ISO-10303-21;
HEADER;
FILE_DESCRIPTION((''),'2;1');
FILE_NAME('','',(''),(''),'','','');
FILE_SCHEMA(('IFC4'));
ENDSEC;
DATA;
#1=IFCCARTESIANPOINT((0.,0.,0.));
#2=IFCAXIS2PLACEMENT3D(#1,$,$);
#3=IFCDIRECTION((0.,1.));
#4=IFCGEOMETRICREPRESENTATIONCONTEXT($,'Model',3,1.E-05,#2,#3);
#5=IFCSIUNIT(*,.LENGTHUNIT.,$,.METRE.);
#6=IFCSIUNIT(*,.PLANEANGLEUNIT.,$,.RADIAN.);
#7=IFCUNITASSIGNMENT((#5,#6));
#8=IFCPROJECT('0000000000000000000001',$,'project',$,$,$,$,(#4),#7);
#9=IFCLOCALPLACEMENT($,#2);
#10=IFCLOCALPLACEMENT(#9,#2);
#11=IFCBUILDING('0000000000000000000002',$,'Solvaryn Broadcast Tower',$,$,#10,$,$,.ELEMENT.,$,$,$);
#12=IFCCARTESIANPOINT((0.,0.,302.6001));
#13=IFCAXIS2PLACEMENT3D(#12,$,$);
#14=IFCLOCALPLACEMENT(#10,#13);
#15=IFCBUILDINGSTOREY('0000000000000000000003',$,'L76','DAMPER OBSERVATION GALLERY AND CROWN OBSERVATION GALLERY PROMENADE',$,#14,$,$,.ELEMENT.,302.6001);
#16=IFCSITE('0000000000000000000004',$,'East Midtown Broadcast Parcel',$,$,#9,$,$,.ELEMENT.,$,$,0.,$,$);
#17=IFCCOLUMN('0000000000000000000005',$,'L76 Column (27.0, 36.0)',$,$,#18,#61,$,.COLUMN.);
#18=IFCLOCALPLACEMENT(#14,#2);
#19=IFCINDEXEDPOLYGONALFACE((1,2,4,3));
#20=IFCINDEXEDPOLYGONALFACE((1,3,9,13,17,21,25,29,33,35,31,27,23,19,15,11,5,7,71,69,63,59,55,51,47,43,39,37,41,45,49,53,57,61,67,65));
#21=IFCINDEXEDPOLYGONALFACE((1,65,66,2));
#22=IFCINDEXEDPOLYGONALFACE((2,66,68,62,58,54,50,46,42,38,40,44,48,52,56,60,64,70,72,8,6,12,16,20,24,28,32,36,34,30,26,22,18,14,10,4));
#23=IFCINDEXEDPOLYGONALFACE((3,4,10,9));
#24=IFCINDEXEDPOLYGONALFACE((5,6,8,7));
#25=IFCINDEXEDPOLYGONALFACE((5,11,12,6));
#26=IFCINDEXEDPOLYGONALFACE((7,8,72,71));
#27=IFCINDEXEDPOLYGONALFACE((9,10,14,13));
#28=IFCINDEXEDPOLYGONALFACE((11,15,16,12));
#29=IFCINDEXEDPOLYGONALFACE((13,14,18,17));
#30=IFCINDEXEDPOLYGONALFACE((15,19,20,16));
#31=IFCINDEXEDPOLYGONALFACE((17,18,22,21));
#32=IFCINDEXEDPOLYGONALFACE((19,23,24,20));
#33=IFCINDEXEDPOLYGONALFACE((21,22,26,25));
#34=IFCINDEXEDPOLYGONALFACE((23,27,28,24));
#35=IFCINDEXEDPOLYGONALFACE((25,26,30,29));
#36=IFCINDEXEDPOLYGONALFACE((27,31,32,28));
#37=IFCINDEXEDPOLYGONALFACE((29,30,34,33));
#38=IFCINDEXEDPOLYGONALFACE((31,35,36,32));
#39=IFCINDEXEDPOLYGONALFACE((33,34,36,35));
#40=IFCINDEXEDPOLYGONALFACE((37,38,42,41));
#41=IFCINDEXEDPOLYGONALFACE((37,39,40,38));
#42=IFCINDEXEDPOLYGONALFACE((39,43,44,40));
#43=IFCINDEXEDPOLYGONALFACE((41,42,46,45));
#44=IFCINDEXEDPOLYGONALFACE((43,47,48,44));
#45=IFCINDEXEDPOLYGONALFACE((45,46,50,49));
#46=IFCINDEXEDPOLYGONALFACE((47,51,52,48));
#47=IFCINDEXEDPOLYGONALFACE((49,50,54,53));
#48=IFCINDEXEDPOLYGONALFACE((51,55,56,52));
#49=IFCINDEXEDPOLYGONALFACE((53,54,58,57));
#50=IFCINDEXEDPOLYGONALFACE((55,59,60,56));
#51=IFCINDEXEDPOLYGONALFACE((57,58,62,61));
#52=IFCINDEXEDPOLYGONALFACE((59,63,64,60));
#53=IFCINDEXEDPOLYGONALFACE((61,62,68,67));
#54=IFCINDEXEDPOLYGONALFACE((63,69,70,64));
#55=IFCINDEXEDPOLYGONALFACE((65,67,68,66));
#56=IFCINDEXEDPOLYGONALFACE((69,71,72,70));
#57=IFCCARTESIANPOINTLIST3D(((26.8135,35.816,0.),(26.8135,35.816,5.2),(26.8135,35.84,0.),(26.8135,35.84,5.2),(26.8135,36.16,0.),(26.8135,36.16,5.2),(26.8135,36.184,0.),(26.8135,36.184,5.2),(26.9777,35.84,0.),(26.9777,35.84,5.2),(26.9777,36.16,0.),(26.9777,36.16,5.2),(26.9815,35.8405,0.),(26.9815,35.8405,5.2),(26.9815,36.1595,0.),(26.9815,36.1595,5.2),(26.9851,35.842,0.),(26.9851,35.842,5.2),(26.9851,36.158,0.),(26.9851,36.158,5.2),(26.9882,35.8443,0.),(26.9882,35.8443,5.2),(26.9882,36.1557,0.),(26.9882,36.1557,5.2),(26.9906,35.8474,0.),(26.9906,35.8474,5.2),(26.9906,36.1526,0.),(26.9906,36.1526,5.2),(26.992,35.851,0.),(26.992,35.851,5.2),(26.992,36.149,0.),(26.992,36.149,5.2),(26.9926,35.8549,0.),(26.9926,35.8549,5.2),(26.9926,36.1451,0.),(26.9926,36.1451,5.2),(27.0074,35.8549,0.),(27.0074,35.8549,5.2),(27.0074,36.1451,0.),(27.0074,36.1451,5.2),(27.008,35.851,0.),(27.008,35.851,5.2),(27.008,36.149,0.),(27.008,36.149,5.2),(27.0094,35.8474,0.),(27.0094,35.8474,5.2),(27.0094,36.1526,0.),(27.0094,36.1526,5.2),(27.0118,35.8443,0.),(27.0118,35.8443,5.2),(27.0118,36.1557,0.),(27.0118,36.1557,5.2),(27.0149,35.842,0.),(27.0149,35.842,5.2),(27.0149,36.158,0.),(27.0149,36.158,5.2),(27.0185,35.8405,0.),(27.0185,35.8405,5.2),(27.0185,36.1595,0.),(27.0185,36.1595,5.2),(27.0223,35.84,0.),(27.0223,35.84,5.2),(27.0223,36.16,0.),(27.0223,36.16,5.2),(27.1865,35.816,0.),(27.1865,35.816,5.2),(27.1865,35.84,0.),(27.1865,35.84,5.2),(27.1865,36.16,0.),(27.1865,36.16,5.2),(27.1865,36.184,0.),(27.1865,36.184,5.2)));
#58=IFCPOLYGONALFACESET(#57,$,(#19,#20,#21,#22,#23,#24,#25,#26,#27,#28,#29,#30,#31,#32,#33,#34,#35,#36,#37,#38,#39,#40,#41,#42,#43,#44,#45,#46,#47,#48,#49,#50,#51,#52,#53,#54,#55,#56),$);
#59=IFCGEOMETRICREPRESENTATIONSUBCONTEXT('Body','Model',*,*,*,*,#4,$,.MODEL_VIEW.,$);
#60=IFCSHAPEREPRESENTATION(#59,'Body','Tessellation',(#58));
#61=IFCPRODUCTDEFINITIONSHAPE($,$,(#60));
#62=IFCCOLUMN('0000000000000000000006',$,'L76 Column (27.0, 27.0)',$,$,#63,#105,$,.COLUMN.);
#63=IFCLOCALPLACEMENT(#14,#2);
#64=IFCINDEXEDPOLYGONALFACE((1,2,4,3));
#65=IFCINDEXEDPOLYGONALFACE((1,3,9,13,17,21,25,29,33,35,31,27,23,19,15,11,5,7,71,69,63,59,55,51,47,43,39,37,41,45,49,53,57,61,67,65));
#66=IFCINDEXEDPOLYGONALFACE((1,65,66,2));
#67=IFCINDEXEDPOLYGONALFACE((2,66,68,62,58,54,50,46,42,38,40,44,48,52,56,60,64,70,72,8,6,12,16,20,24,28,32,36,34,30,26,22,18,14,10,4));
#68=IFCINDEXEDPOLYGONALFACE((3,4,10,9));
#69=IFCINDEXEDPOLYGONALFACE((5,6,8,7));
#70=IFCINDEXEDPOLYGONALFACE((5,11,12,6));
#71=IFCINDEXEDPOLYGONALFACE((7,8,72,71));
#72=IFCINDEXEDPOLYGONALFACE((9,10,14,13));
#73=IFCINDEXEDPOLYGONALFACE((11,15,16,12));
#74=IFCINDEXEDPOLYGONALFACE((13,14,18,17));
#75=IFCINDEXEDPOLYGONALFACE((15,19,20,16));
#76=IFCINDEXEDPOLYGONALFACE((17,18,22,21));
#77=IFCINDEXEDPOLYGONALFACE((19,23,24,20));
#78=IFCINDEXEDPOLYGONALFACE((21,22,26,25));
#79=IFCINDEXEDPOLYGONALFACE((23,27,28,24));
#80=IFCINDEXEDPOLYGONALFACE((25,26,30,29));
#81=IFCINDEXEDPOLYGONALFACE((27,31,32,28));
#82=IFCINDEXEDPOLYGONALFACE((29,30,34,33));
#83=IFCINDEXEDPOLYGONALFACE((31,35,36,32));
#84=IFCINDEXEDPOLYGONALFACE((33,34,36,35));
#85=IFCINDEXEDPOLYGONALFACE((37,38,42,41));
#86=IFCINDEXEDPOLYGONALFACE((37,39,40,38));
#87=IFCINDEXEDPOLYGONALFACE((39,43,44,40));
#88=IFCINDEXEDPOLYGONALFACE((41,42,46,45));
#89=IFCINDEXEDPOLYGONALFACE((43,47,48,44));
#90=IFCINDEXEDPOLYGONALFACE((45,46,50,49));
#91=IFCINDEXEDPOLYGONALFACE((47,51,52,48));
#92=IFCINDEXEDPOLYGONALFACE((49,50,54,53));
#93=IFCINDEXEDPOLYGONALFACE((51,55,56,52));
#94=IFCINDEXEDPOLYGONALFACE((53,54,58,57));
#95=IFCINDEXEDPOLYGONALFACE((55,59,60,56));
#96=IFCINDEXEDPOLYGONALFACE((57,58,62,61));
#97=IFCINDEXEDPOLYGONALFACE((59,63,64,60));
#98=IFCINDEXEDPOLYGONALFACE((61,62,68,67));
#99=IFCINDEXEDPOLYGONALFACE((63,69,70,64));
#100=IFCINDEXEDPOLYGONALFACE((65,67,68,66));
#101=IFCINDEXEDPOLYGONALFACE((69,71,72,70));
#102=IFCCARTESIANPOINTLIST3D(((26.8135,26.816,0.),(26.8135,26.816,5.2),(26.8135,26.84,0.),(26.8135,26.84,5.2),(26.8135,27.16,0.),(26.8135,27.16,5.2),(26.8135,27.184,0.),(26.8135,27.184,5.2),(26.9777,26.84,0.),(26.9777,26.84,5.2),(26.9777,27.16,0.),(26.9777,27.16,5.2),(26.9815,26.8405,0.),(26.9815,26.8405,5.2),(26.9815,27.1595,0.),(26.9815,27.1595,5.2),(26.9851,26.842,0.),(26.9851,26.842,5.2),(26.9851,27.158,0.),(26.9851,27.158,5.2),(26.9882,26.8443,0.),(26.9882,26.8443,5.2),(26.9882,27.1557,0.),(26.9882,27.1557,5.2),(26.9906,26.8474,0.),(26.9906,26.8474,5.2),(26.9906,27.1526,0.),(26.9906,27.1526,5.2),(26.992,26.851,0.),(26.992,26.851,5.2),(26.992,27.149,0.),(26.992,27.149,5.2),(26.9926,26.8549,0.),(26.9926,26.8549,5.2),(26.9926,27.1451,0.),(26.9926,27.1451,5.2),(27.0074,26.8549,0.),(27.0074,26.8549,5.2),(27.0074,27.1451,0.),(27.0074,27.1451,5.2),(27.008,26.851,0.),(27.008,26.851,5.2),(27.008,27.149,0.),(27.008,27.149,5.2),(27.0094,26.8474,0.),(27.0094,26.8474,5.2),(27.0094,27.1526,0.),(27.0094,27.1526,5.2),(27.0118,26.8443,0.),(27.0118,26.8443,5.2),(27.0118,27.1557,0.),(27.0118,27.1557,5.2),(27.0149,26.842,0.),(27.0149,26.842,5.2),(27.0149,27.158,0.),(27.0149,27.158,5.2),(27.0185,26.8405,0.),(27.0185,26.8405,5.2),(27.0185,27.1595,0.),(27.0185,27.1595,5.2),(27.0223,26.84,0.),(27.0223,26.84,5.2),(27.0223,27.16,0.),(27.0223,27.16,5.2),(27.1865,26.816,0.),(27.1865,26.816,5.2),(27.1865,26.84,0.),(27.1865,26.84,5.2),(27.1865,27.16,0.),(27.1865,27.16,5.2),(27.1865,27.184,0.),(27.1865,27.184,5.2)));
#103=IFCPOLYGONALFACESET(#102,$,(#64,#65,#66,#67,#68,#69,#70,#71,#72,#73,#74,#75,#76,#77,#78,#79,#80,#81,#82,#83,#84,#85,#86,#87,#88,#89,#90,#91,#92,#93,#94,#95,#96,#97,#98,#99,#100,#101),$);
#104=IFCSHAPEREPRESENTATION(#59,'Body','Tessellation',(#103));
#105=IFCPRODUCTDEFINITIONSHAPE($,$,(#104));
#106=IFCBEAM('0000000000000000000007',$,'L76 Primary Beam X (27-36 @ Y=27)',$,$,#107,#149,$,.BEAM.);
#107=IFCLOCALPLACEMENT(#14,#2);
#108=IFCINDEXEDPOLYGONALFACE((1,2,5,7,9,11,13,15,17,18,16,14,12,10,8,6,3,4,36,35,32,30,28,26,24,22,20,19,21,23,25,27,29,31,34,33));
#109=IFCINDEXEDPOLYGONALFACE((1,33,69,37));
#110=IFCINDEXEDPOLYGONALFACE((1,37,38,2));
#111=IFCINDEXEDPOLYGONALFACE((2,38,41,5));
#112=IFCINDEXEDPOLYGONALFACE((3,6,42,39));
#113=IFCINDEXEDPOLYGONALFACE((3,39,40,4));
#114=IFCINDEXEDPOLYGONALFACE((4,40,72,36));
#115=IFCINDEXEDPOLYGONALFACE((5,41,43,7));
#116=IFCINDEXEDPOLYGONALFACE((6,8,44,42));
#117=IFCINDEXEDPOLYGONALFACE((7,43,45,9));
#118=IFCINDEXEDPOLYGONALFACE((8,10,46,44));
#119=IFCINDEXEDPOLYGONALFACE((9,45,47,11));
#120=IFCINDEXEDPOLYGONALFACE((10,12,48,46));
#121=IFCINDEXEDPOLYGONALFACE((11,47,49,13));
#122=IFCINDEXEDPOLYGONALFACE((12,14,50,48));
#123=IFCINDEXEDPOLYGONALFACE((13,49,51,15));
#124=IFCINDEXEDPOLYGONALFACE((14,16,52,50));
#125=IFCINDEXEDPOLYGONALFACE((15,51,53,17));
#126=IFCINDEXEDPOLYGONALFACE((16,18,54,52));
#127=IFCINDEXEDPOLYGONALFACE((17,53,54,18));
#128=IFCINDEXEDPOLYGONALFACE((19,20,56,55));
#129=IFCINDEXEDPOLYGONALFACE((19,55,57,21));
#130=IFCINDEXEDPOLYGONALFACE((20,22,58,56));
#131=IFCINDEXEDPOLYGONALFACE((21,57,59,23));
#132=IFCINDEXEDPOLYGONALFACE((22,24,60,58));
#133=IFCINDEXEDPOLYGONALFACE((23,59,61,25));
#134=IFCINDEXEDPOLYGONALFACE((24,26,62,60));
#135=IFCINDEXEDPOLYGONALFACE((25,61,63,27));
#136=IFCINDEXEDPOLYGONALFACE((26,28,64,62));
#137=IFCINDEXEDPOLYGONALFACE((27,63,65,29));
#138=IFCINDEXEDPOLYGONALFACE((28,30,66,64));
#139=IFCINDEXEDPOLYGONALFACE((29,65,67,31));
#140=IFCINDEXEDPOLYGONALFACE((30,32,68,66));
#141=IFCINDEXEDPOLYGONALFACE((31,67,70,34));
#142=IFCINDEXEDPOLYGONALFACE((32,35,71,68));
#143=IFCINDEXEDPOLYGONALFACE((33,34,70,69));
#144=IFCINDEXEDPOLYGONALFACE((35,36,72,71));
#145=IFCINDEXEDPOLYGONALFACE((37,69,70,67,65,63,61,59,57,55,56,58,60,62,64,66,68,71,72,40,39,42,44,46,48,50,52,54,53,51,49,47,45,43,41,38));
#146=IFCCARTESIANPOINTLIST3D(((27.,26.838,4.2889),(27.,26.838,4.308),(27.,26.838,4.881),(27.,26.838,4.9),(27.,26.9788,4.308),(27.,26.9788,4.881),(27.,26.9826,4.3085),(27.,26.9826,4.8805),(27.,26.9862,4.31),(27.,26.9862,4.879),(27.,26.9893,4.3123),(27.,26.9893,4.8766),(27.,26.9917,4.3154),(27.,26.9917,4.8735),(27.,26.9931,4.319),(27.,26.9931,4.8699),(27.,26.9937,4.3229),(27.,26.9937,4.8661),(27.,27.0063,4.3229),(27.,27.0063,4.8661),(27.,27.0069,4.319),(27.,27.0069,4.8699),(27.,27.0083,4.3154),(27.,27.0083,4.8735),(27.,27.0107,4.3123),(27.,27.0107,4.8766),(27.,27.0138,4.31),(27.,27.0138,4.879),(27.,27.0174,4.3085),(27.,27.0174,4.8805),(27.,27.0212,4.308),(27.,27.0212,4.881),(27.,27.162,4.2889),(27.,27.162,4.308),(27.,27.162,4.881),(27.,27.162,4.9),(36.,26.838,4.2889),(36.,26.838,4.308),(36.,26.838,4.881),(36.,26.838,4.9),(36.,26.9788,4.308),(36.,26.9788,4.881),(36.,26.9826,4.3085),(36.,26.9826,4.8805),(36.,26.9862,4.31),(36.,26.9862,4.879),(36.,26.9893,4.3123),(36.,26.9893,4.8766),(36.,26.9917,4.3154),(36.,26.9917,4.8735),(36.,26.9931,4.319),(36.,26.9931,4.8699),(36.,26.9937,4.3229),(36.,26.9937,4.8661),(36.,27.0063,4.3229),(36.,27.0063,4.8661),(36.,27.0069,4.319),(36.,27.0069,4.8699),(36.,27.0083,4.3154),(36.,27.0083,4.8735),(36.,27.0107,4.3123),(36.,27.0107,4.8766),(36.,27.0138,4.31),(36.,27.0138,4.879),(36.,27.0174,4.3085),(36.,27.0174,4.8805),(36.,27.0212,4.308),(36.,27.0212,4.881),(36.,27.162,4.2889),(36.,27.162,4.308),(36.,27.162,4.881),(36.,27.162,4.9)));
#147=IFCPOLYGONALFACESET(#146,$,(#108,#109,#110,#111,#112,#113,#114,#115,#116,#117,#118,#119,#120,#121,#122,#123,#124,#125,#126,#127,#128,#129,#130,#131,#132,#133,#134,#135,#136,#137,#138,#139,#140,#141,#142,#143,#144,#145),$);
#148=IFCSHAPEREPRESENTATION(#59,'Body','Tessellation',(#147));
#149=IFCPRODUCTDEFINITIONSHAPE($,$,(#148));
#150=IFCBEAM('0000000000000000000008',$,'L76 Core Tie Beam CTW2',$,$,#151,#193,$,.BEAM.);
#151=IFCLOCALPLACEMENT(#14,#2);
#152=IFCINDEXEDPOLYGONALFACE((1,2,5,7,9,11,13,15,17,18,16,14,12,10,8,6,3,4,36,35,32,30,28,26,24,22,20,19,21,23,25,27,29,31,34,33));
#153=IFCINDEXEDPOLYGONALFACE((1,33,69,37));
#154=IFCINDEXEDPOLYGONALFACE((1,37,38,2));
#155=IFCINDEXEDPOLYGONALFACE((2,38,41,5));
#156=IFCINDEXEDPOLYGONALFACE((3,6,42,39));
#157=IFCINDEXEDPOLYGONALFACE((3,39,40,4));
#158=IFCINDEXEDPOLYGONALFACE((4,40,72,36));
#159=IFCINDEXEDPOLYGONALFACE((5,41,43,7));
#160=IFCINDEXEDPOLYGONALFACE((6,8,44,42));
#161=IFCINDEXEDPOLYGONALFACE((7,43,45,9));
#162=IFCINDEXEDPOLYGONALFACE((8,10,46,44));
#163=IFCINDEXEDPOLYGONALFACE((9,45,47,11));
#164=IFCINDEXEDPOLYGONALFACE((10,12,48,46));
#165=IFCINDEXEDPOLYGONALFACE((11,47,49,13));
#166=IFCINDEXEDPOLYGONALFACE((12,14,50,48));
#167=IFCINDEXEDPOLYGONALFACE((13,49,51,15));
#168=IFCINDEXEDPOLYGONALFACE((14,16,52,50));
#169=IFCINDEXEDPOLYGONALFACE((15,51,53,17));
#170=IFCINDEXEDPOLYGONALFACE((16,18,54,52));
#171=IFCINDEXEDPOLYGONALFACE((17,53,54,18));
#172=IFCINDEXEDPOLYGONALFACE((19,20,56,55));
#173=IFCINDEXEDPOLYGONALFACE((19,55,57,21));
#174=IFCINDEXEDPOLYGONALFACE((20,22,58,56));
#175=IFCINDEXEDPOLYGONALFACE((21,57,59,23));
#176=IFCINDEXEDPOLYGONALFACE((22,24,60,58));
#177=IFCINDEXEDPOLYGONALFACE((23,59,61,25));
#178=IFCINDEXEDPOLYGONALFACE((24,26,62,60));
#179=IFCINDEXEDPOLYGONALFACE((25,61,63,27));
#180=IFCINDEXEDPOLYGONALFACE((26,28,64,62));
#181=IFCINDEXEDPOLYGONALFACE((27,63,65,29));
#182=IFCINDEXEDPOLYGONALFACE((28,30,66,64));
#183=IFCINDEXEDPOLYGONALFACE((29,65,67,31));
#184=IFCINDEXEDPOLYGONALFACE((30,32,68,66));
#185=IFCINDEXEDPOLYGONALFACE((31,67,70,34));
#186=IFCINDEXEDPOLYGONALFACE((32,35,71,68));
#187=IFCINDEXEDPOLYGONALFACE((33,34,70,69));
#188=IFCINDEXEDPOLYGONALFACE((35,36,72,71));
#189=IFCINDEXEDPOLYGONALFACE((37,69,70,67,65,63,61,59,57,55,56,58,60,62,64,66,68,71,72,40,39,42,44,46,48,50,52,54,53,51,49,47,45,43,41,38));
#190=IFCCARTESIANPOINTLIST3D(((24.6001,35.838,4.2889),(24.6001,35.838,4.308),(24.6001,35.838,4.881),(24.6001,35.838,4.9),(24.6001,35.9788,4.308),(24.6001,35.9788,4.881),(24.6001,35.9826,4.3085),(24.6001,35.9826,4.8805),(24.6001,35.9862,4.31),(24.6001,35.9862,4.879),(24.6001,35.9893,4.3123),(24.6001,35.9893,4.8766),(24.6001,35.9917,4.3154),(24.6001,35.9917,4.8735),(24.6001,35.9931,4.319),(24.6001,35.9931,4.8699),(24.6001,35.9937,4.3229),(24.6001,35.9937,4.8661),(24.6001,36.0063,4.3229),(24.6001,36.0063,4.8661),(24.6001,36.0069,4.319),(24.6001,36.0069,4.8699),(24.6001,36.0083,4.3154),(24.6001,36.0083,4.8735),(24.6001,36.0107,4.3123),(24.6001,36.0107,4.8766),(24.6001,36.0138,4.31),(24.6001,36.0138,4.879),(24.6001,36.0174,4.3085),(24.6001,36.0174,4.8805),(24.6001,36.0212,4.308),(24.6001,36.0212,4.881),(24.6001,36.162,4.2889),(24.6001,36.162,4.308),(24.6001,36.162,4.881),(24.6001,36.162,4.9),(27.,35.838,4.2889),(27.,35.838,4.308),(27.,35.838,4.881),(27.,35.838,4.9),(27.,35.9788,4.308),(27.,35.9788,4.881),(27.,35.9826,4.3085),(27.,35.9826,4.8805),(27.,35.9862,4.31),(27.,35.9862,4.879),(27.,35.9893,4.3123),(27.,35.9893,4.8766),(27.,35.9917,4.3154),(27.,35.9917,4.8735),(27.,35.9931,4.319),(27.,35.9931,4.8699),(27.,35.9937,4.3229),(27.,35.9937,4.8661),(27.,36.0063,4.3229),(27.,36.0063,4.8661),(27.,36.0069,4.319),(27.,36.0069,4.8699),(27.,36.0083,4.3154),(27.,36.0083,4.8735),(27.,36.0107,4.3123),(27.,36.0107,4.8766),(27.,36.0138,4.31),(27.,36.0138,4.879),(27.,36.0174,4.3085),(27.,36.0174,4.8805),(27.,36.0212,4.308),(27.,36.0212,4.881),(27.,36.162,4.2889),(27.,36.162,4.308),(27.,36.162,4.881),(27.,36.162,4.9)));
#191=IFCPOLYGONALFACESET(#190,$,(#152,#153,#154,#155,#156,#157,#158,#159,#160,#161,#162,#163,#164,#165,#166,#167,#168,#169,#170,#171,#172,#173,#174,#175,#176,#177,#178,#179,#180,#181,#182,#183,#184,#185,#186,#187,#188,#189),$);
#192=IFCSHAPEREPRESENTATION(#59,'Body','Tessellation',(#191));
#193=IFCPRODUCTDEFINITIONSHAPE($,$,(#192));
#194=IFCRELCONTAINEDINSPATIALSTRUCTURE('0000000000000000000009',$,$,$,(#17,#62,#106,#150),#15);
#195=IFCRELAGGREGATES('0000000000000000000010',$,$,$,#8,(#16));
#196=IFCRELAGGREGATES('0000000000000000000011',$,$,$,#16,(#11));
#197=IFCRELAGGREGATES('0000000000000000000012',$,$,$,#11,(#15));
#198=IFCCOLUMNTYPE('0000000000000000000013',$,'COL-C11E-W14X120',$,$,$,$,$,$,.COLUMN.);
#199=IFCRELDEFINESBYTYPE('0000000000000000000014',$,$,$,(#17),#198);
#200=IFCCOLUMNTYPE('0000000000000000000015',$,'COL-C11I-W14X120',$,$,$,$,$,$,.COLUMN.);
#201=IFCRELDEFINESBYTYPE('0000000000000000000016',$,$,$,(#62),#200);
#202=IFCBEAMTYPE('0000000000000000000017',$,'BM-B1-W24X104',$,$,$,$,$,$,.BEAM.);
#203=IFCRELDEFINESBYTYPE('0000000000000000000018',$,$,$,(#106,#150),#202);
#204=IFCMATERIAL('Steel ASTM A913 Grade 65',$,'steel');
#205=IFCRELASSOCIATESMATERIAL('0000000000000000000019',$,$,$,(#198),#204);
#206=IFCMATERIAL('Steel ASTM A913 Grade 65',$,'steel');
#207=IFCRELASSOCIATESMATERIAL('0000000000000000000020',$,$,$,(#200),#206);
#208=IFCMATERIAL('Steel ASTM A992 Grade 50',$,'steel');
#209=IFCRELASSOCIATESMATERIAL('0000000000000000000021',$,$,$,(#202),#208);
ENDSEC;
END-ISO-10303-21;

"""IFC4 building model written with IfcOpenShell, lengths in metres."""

from ifc_helpers import new_model, si_unit, direction, frame, origin, origin_2d, place, context, subcontext, project, spatial, i_section, extrude, material, material_profile, profile_set, type_object, element, save


model = new_model("IFC4")

# Units and contexts
model_context = context("Model", 3, precision=1e-05, world=origin(), true_north=direction((0.0, 1.0)))
body_context = subcontext(model_context, "Body", "Model", "MODEL_VIEW")
ifc_project = project(units=[si_unit("LENGTHUNIT", "METRE"), si_unit("PLANEANGLEUNIT", "RADIAN")], contexts=[model_context])

# Site, building, storey
site_placement = place(None, origin())
site = spatial("IfcSite", under=ifc_project, at=site_placement, Name="East Midtown Broadcast Parcel", CompositionType="ELEMENT", RefElevation=0.0)
building_placement = place(site_placement, origin())
building = spatial("IfcBuilding", under=site, at=building_placement, Name="Solvaryn Broadcast Tower", CompositionType="ELEMENT")
storey_placement = place(building_placement, frame((0.0, 0.0, 302.6001)))
storey = spatial("IfcBuildingStorey", under=building, at=storey_placement, Name="L76", Description="DAMPER OBSERVATION GALLERY AND CROWN OBSERVATION GALLERY PROMENADE", CompositionType="ELEMENT", Elevation=302.6001)

# Columns
ifc_material_1 = material(Name="Steel ASTM A913 Grade 65", Category="steel")
ifc_material_profile_1 = material_profile(ifc_material_1, i_section(OverallWidth=0.373, OverallDepth=0.3679, WebThickness=0.0149, FlangeThickness=0.0239, FilletRadius=0.0149, at=origin_2d()))
ifc_profile_set_1 = profile_set([ifc_material_profile_1], Name="Steel ASTM A913 Grade 65")
column_type_1 = type_object("IfcColumnType", Name="COL-C11E-W14X120", PredefinedType="COLUMN", material=ifc_profile_set_1)
column_1_placement = place(storey_placement, frame((27.0, 36.0, 0.0), z_axis=(0.0, 0.0, 1.0), x_axis=(1.0, 0.0, 0.0)))
element("IfcColumn", 1, at=column_1_placement, inside=storey, type_object=column_type_1, Name="L76 Column (27.0, 36.0)", PredefinedType="COLUMN", context=body_context, shape_type="SweptSolid", body=[
    extrude(i_section(OverallWidth=0.373, OverallDepth=0.3679, WebThickness=0.0149, FlangeThickness=0.0239, FilletRadius=0.0149, at=origin_2d()), origin(), (0.0, 0.0, 1.0), 5.2),
])
ifc_material_2 = material(Name="Steel ASTM A913 Grade 65", Category="steel")
ifc_material_profile_2 = material_profile(ifc_material_2, i_section(OverallWidth=0.373, OverallDepth=0.3679, WebThickness=0.0149, FlangeThickness=0.0239, FilletRadius=0.0149, at=origin_2d()))
ifc_profile_set_2 = profile_set([ifc_material_profile_2], Name="Steel ASTM A913 Grade 65")
column_type_2 = type_object("IfcColumnType", Name="COL-C11I-W14X120", PredefinedType="COLUMN", material=ifc_profile_set_2)
column_2_placement = place(storey_placement, frame((27.0, 27.0, 0.0), z_axis=(0.0, 0.0, 1.0), x_axis=(1.0, 0.0, 0.0)))
element("IfcColumn", 2, at=column_2_placement, inside=storey, type_object=column_type_2, Name="L76 Column (27.0, 27.0)", PredefinedType="COLUMN", context=body_context, shape_type="SweptSolid", body=[
    extrude(i_section(OverallWidth=0.373, OverallDepth=0.3679, WebThickness=0.0149, FlangeThickness=0.0239, FilletRadius=0.0149, at=origin_2d()), origin(), (0.0, 0.0, 1.0), 5.2),
])

# Beams
ifc_material_3 = material(Name="Steel ASTM A992 Grade 50", Category="steel")
ifc_material_profile_3 = material_profile(ifc_material_3, i_section(OverallWidth=0.324, OverallDepth=0.6111, WebThickness=0.0127, FlangeThickness=0.019, FilletRadius=0.0149, at=origin_2d()))
ifc_profile_set_3 = profile_set([ifc_material_profile_3], Name="Steel ASTM A992 Grade 50")
beam_type_1 = type_object("IfcBeamType", Name="BM-B1-W24X104", PredefinedType="BEAM", material=ifc_profile_set_3)
beam_1_placement = place(storey_placement, frame((27.0, 27.0, 4.5945), z_axis=(1.0, 0.0, 0.0), x_axis=(0.0, 1.0, 0.0)))
element("IfcBeam", 3, at=beam_1_placement, inside=storey, type_object=beam_type_1, Name="L76 Primary Beam X (27-36 @ Y=27)", PredefinedType="BEAM", context=body_context, shape_type="SweptSolid", body=[
    extrude(i_section(OverallWidth=0.324, OverallDepth=0.6111, WebThickness=0.0127, FlangeThickness=0.019, FilletRadius=0.0149, at=origin_2d()), origin(), (0.0, 0.0, 1.0), 9.0),
])
beam_2_placement = place(storey_placement, frame((24.6001, 36.0, 4.5945), z_axis=(1.0, 0.0, 0.0), x_axis=(0.0, 1.0, 0.0)))
element("IfcBeam", 4, at=beam_2_placement, inside=storey, type_object=beam_type_1, Name="L76 Core Tie Beam CTW2", PredefinedType="BEAM", context=body_context, shape_type="SweptSolid", body=[
    extrude(i_section(OverallWidth=0.324, OverallDepth=0.6111, WebThickness=0.0127, FlangeThickness=0.019, FilletRadius=0.0149, at=origin_2d()), origin(), (0.0, 0.0, 1.0), 2.3999),
])

save(model, "model.ifc")
